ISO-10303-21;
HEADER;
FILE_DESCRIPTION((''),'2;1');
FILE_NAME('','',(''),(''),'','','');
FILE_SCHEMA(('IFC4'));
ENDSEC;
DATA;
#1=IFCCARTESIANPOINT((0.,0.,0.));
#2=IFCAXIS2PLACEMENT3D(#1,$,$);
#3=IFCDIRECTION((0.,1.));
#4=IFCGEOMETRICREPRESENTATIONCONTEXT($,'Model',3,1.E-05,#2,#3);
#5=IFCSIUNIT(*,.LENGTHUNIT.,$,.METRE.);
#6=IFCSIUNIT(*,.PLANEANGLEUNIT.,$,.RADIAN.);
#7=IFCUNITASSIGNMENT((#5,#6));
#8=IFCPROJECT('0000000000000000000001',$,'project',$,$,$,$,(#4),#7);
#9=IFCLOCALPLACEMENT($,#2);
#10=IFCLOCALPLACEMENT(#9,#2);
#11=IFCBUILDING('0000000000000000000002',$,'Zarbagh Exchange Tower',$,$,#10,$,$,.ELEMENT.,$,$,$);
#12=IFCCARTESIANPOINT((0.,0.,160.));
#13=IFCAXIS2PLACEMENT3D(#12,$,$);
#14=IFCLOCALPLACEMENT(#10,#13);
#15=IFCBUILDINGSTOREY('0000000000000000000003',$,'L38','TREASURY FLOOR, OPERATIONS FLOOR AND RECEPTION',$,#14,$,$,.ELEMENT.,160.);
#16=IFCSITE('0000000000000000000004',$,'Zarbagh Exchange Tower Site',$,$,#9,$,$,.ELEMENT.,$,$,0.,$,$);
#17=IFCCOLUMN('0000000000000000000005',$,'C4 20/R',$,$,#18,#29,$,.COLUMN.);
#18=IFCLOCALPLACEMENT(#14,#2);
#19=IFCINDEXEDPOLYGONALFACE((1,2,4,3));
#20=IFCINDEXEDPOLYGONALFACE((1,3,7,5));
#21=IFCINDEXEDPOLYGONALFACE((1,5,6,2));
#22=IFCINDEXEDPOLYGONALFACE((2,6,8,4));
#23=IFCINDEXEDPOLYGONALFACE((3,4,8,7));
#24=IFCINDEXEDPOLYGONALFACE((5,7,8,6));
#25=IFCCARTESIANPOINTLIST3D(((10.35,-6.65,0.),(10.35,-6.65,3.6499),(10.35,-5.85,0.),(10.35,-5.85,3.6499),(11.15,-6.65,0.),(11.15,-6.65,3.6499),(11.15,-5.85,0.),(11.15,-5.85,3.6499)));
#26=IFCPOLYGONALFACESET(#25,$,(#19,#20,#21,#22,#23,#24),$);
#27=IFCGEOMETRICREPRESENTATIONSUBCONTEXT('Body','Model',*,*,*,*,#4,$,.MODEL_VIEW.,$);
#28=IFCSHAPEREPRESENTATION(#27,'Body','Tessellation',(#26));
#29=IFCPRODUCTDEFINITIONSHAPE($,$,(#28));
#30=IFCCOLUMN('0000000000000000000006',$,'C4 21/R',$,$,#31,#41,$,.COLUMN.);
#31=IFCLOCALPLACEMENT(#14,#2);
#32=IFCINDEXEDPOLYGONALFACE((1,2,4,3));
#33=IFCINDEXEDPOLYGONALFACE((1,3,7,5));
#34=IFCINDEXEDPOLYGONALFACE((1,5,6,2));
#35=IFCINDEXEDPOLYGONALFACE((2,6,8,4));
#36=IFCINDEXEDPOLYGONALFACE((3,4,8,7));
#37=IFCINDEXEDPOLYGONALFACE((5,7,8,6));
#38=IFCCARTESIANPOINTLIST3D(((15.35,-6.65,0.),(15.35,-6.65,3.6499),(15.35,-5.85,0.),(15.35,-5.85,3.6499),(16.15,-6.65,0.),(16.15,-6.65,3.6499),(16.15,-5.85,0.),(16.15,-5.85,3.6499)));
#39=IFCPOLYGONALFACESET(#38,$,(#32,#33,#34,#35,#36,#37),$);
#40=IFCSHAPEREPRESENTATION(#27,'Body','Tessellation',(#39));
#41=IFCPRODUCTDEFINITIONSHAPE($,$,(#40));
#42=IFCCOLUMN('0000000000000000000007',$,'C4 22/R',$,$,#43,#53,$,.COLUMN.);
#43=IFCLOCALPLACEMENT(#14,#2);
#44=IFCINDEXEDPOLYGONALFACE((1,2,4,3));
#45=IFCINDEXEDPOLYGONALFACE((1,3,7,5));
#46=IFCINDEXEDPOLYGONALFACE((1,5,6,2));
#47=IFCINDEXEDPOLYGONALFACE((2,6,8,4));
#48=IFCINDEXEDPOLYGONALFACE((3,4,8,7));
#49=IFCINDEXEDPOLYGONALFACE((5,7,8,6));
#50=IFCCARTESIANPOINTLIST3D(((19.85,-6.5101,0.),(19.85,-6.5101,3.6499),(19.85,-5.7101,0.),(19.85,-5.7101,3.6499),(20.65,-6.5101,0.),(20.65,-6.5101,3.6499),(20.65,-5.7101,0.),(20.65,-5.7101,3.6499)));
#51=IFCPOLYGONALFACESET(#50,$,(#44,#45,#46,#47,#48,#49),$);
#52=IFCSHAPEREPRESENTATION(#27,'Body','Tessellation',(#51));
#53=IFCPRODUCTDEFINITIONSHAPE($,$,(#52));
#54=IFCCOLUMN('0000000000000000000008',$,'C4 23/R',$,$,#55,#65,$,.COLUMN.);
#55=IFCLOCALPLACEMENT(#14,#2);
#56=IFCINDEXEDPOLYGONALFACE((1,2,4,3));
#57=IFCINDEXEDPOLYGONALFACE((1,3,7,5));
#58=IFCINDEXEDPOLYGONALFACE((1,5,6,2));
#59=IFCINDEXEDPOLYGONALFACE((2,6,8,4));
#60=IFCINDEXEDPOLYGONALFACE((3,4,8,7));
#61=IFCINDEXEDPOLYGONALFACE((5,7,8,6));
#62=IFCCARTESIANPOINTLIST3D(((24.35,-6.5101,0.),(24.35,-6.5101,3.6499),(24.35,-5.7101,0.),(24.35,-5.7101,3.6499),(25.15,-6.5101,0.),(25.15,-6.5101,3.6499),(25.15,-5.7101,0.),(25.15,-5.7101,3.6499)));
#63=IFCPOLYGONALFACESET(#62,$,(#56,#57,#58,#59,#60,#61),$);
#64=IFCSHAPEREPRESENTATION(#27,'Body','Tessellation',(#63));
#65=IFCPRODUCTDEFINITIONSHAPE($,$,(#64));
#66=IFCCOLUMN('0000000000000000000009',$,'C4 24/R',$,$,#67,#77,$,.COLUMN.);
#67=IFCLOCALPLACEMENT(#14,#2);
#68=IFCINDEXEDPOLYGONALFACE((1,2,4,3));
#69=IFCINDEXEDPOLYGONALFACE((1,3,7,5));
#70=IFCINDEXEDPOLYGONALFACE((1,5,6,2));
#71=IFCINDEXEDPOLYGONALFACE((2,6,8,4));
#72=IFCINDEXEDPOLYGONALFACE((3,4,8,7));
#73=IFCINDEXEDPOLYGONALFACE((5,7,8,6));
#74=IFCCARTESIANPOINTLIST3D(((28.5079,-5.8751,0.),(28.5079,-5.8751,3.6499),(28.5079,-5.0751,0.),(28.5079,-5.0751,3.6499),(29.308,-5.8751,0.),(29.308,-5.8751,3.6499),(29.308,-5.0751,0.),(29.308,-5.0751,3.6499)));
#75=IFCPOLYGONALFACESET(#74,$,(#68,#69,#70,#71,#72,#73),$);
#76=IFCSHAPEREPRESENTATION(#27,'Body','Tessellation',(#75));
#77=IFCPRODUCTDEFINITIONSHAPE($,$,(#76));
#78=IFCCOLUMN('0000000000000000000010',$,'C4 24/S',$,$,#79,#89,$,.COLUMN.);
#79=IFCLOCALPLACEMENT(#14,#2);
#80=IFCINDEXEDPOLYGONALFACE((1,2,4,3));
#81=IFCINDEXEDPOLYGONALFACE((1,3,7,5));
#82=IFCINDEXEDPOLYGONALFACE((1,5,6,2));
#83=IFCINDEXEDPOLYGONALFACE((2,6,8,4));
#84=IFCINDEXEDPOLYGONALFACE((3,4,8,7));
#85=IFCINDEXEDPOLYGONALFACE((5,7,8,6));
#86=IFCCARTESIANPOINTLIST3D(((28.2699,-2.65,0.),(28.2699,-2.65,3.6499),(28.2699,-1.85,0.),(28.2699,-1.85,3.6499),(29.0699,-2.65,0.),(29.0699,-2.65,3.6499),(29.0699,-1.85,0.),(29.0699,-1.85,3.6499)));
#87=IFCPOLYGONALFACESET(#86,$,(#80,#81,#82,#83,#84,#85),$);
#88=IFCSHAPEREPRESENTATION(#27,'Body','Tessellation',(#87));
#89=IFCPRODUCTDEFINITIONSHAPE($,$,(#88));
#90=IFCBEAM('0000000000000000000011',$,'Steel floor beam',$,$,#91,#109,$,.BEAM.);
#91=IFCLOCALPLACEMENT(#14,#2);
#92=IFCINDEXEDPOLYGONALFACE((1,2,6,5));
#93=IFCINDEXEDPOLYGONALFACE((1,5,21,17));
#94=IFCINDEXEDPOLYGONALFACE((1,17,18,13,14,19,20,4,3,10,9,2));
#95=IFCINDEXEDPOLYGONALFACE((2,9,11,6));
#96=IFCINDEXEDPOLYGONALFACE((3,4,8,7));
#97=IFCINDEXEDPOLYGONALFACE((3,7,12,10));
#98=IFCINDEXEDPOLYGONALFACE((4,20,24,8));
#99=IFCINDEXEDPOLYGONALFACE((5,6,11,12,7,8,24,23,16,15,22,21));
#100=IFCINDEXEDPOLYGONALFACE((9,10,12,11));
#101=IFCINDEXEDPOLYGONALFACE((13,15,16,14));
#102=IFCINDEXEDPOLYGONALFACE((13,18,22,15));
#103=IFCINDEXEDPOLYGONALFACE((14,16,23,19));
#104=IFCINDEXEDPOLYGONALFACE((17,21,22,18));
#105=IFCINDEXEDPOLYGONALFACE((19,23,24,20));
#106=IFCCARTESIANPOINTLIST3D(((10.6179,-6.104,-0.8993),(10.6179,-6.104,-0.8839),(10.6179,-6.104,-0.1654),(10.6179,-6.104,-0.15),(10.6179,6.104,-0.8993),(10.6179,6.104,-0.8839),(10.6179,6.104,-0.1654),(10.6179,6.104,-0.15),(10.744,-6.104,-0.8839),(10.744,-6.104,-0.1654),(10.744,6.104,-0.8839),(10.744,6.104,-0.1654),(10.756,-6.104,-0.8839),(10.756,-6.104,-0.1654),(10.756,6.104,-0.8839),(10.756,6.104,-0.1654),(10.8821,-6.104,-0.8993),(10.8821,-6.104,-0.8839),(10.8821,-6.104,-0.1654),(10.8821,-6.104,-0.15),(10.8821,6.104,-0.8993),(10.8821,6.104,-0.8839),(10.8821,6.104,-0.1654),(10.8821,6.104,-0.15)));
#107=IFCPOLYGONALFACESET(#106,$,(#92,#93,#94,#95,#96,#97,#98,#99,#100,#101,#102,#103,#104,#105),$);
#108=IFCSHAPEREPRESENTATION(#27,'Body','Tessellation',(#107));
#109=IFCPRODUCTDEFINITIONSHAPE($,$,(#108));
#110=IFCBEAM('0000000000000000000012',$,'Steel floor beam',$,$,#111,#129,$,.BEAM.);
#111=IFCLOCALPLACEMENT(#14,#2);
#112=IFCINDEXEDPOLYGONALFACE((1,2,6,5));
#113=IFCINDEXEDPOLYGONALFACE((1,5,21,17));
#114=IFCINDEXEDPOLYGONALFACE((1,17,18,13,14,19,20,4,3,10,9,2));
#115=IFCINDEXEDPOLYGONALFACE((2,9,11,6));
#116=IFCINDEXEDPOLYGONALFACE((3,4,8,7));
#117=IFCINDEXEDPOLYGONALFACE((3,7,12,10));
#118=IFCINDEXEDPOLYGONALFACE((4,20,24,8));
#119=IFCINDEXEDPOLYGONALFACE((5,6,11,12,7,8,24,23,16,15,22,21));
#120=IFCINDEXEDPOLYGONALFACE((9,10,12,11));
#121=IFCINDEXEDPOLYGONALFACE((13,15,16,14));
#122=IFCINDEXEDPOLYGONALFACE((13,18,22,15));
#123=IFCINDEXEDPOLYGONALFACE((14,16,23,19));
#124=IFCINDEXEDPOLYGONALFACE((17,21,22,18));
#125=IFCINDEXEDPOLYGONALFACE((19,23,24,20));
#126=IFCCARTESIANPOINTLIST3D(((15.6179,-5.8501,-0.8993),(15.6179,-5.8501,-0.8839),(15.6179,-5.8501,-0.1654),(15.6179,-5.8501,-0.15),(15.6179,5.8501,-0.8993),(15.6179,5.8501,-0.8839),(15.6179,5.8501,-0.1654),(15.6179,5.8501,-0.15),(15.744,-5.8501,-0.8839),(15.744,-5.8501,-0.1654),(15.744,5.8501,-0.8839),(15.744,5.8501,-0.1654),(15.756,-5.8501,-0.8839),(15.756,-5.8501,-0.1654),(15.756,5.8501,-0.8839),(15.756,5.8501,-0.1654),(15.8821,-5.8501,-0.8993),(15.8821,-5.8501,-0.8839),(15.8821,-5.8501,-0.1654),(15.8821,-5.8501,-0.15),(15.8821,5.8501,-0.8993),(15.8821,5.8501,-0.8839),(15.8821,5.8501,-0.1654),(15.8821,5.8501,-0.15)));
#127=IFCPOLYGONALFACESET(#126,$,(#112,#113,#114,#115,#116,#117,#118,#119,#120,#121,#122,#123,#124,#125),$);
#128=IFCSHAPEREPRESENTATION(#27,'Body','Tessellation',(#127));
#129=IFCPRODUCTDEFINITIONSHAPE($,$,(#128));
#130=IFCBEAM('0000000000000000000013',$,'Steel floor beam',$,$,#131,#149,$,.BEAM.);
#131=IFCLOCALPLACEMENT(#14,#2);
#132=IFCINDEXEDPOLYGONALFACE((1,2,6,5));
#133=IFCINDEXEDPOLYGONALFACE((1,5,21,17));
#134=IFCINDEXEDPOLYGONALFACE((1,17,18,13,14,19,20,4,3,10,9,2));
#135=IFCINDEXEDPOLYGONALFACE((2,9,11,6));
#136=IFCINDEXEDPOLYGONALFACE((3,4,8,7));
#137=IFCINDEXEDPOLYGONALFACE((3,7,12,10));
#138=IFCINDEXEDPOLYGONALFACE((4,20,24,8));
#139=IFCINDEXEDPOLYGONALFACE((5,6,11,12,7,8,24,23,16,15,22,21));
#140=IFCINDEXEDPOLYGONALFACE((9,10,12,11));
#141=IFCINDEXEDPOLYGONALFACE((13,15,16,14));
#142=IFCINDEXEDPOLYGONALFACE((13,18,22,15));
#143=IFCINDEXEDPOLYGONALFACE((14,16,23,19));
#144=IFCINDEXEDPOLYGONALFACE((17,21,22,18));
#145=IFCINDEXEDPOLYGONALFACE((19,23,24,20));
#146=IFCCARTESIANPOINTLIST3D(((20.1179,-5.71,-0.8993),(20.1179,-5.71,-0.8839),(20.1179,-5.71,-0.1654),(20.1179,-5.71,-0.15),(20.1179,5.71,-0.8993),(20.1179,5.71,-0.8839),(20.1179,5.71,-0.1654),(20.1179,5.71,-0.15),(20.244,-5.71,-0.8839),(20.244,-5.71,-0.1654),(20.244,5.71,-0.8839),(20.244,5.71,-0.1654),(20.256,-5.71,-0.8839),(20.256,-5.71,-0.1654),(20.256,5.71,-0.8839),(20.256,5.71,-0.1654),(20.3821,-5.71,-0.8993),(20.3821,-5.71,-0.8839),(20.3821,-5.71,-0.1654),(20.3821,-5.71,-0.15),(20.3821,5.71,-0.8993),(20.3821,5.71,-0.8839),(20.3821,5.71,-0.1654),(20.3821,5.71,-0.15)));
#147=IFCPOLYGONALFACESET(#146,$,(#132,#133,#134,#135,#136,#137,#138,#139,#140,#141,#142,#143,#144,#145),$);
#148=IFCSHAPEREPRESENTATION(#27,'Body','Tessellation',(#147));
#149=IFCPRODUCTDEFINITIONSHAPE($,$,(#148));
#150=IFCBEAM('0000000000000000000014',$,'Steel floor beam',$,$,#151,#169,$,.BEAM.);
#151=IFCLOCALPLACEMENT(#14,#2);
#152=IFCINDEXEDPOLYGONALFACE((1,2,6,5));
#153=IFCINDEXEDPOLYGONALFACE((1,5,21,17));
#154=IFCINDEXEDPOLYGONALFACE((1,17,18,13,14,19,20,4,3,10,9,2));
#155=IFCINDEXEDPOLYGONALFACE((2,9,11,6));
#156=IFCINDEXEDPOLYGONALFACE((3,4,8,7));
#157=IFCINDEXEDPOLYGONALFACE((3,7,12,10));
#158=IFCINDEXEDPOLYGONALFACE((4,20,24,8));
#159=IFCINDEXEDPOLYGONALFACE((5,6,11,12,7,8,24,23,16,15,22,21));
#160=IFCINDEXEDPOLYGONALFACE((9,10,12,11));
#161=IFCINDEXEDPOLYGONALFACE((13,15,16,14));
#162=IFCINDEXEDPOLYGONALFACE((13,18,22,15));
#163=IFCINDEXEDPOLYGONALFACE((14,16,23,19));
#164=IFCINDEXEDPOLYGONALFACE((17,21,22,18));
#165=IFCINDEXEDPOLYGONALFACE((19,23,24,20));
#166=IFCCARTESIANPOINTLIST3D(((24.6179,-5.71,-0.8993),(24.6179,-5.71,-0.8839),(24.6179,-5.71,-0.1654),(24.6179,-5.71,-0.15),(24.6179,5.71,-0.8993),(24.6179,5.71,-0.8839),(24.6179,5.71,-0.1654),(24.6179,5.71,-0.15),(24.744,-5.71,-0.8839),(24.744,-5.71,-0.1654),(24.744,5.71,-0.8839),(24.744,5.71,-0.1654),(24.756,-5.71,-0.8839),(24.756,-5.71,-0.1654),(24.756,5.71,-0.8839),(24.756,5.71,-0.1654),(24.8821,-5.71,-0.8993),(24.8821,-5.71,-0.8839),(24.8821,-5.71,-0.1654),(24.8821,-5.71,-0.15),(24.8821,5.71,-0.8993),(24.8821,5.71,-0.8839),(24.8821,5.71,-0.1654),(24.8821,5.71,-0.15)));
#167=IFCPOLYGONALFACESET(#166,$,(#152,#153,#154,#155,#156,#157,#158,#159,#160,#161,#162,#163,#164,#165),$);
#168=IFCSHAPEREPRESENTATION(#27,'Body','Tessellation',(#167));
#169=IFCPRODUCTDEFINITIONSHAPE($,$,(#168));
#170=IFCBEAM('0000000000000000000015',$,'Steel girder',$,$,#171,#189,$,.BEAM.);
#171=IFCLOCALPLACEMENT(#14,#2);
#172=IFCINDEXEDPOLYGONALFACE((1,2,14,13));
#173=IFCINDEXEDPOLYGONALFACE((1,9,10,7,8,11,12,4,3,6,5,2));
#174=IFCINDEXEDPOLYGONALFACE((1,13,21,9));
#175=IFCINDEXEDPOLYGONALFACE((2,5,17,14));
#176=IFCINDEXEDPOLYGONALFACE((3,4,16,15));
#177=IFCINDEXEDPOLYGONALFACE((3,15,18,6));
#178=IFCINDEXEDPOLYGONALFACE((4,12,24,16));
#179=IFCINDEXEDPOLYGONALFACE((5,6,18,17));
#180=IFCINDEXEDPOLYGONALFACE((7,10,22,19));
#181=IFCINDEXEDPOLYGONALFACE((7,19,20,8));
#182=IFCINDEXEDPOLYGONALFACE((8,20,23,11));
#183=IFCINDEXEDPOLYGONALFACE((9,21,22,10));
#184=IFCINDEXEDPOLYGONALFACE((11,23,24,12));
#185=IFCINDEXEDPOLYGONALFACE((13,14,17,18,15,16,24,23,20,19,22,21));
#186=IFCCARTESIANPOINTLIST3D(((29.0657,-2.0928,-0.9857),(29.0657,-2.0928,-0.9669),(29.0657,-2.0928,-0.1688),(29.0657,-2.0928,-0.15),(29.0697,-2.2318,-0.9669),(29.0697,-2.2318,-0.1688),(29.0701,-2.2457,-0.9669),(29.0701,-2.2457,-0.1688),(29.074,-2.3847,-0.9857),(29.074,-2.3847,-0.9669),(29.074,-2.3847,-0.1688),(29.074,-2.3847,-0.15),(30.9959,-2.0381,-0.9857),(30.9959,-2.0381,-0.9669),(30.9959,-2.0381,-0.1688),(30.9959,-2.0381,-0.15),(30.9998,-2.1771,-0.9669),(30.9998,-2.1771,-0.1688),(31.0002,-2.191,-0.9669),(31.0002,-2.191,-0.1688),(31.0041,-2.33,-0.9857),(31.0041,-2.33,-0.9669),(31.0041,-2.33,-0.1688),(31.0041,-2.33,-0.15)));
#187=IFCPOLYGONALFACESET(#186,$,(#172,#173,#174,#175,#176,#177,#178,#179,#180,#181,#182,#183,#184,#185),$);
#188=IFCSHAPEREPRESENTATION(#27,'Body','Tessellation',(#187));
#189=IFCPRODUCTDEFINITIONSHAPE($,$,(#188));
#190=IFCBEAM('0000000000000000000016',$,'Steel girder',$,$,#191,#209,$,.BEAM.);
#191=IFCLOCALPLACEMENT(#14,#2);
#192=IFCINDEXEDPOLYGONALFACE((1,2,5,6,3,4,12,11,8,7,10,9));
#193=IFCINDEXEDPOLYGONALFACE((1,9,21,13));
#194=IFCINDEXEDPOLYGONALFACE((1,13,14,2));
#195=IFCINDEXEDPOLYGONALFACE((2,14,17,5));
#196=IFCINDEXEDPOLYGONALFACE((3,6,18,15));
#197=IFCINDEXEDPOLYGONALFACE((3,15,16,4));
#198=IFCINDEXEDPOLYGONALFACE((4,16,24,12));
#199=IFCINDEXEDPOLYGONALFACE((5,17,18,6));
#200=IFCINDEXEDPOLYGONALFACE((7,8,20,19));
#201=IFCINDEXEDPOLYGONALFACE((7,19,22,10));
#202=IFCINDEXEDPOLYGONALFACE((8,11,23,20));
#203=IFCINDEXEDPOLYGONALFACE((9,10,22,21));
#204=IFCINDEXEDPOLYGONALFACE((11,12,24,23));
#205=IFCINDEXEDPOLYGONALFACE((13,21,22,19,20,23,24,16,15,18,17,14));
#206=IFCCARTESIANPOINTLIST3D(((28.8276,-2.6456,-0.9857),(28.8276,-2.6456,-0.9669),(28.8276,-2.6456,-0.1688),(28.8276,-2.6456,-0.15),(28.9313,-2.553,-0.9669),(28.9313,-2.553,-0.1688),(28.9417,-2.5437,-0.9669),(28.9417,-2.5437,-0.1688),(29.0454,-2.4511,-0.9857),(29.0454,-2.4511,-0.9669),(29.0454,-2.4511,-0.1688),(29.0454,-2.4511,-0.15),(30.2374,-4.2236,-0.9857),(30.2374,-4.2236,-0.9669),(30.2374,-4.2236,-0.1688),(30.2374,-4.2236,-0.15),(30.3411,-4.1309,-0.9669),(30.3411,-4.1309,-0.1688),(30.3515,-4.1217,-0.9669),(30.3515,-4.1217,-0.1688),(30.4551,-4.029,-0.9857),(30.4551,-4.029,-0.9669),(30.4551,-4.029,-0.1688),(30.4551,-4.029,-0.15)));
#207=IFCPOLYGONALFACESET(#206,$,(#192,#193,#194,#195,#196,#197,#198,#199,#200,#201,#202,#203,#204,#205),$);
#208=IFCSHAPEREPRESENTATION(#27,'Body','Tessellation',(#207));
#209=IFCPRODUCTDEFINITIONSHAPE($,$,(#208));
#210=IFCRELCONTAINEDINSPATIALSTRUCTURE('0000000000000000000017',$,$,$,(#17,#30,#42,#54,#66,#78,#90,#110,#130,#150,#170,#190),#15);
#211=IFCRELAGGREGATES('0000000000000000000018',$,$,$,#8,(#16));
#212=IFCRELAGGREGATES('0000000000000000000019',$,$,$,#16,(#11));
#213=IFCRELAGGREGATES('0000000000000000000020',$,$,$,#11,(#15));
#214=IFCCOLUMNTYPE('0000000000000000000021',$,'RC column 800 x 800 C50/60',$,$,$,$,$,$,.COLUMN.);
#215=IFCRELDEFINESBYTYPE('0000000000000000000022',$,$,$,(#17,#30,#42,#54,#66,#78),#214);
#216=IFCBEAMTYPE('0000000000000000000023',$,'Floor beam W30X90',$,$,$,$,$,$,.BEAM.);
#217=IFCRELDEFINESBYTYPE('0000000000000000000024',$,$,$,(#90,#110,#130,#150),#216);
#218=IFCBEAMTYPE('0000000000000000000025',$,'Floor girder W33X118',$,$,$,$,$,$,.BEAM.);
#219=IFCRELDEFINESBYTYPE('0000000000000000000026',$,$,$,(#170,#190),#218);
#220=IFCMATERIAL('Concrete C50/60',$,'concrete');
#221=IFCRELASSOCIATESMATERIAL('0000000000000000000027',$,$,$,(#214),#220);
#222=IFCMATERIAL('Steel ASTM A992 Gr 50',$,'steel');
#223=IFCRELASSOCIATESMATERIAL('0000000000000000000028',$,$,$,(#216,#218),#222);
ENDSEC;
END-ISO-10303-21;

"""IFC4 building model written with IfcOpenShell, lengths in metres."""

from ifc_helpers import new_model, si_unit, direction, frame, origin, origin_2d, place, context, subcontext, project, spatial, rectangle, i_section, extrude, material, material_profile, profile_set, type_object, element, save


model = new_model("IFC4")

# Units and contexts
model_context = context("Model", 3, precision=1e-05, world=origin(), true_north=direction((0.0, 1.0)))
body_context = subcontext(model_context, "Body", "Model", "MODEL_VIEW")
ifc_project = project(units=[si_unit("LENGTHUNIT", "METRE"), si_unit("PLANEANGLEUNIT", "RADIAN")], contexts=[model_context])

# Site, building, storey
site_placement = place(None, origin())
site = spatial("IfcSite", under=ifc_project, at=site_placement, Name="Zarbagh Exchange Tower Site", CompositionType="ELEMENT", RefElevation=0.0)
building_placement = place(site_placement, origin())
building = spatial("IfcBuilding", under=site, at=building_placement, Name="Zarbagh Exchange Tower", CompositionType="ELEMENT")
storey_placement = place(building_placement, frame((0.0, 0.0, 160.0)))
storey = spatial("IfcBuildingStorey", under=building, at=storey_placement, Name="L38", Description="TREASURY FLOOR, OPERATIONS FLOOR AND RECEPTION", CompositionType="ELEMENT", Elevation=160.0)

# Columns
ifc_material_1 = material(Name="Concrete C50/60", Category="concrete")
ifc_material_profile_1 = material_profile(ifc_material_1, rectangle(XDim=0.8, YDim=0.8, at=origin_2d()), Name="RC column 800 x 800 C50/60")
ifc_profile_set_1 = profile_set([ifc_material_profile_1], Name="Concrete C50/60")
column_type = type_object("IfcColumnType", Name="RC column 800 x 800 C50/60", PredefinedType="COLUMN", material=ifc_profile_set_1)
for number, where, z_axis, x_axis, name in (
    (1, (10.75, -6.25, 0.0), (0.0, 0.0, 1.0), (1.0, 0.0, 0.0), "C4 20/R"),
    (2, (15.75, -6.25, 0.0), (0.0, 0.0, 1.0), (1.0, 0.0, 0.0), "C4 21/R"),
    (3, (20.25, -6.1101, 0.0), (0.0, 0.0, 1.0), (1.0, 0.0, 0.0), "C4 22/R"),
    (4, (24.75, -6.1101, 0.0), (0.0, 0.0, 1.0), (1.0, 0.0, 0.0), "C4 23/R"),
    (5, (28.908, -5.4751, 0.0), (0.0, 0.0, 1.0), (1.0, 0.0, 0.0), "C4 24/R"),
    (6, (28.6699, -2.25, 0.0), (0.0, 0.0, 1.0), (1.0, 0.0, 0.0), "C4 24/S"),
):
    element("IfcColumn", number, at=place(storey_placement, frame(where, z_axis=z_axis, x_axis=x_axis)), inside=storey, type_object=column_type, Name=name, PredefinedType="COLUMN", context=body_context, shape_type="SweptSolid", body=[
        extrude(rectangle(XDim=0.8, YDim=0.8, at=origin_2d()), origin(), (0.0, 0.0, 1.0), 3.6499),
    ])

# Beams
ifc_material_2 = material(Name="Steel ASTM A992 Gr 50", Category="steel")
ifc_material_profile_2 = material_profile(ifc_material_2, i_section(OverallWidth=0.2642, OverallDepth=0.7493, WebThickness=0.012, FlangeThickness=0.0154, at=origin_2d()), Name="W30X90")
ifc_profile_set_2 = profile_set([ifc_material_profile_2], Name="Steel ASTM A992 Gr 50")
beam_type_1 = type_object("IfcBeamType", Name="Floor beam W30X90", PredefinedType="BEAM", material=ifc_profile_set_2)
beam_1_placement = place(storey_placement, frame((10.75, -6.104, -0.5247), z_axis=(0.0, 1.0, 0.0), x_axis=(-1.0, 0.0, 0.0)))
element("IfcBeam", 7, at=beam_1_placement, inside=storey, type_object=beam_type_1, Name="Steel floor beam", PredefinedType="BEAM", context=body_context, shape_type="SweptSolid", body=[
    extrude(i_section(OverallWidth=0.2642, OverallDepth=0.7493, WebThickness=0.012, FlangeThickness=0.0154, at=origin_2d()), origin(), (0.0, 0.0, 1.0), 12.208),
])
beam_2_placement = place(storey_placement, frame((15.75, -5.8501, -0.5247), z_axis=(0.0, 1.0, 0.0), x_axis=(-1.0, 0.0, 0.0)))
element("IfcBeam", 8, at=beam_2_placement, inside=storey, type_object=beam_type_1, Name="Steel floor beam", PredefinedType="BEAM", context=body_context, shape_type="SweptSolid", body=[
    extrude(i_section(OverallWidth=0.2642, OverallDepth=0.7493, WebThickness=0.012, FlangeThickness=0.0154, at=origin_2d()), origin(), (0.0, 0.0, 1.0), 11.7002),
])
for number, where, z_axis, x_axis, name in (
    (9, (20.25, -5.71, -0.5247), (0.0, 1.0, 0.0), (-1.0, 0.0, 0.0), "Steel floor beam"),
    (10, (24.75, -5.71, -0.5247), (0.0, 1.0, 0.0), (-1.0, 0.0, 0.0), "Steel floor beam"),
):
    element("IfcBeam", number, at=place(storey_placement, frame(where, z_axis=z_axis, x_axis=x_axis)), inside=storey, type_object=beam_type_1, Name=name, PredefinedType="BEAM", context=body_context, shape_type="SweptSolid", body=[
        extrude(i_section(OverallWidth=0.2642, OverallDepth=0.7493, WebThickness=0.012, FlangeThickness=0.0154, at=origin_2d()), origin(), (0.0, 0.0, 1.0), 11.4199),
    ])
ifc_material_profile_3 = material_profile(ifc_material_2, i_section(OverallWidth=0.292, OverallDepth=0.8357, WebThickness=0.0139, FlangeThickness=0.0188, at=origin_2d()), Name="W33X118")
ifc_profile_set_3 = profile_set([ifc_material_profile_3], Name="Steel ASTM A992 Gr 50")
beam_type_2 = type_object("IfcBeamType", Name="Floor girder W33X118", PredefinedType="BEAM", material=ifc_profile_set_3)
beam_3_placement = place(storey_placement, frame((31.0, -2.1841, -0.5679), z_axis=(-0.999599, -0.028322, 0.0), x_axis=(0.028322, -0.999599, 0.0)))
element("IfcBeam", 11, at=beam_3_placement, inside=storey, type_object=beam_type_2, Name="Steel girder", PredefinedType="BEAM", context=body_context, shape_type="SweptSolid", body=[
    extrude(i_section(OverallWidth=0.292, OverallDepth=0.8357, WebThickness=0.0139, FlangeThickness=0.0188, at=origin_2d()), origin(), (0.0, 0.0, 1.0), 1.9309),
])
beam_4_placement = place(storey_placement, frame((28.9365, -2.5483, -0.5679), z_axis=(0.666238, -0.745739, 0.0), x_axis=(0.745739, 0.666238, 0.0)))
element("IfcBeam", 12, at=beam_4_placement, inside=storey, type_object=beam_type_2, Name="Steel girder", PredefinedType="BEAM", context=body_context, shape_type="SweptSolid", body=[
    extrude(i_section(OverallWidth=0.292, OverallDepth=0.8357, WebThickness=0.0139, FlangeThickness=0.0188, at=origin_2d()), origin(), (0.0, 0.0, 1.0), 2.116),
])

save(model, "model.ifc")
